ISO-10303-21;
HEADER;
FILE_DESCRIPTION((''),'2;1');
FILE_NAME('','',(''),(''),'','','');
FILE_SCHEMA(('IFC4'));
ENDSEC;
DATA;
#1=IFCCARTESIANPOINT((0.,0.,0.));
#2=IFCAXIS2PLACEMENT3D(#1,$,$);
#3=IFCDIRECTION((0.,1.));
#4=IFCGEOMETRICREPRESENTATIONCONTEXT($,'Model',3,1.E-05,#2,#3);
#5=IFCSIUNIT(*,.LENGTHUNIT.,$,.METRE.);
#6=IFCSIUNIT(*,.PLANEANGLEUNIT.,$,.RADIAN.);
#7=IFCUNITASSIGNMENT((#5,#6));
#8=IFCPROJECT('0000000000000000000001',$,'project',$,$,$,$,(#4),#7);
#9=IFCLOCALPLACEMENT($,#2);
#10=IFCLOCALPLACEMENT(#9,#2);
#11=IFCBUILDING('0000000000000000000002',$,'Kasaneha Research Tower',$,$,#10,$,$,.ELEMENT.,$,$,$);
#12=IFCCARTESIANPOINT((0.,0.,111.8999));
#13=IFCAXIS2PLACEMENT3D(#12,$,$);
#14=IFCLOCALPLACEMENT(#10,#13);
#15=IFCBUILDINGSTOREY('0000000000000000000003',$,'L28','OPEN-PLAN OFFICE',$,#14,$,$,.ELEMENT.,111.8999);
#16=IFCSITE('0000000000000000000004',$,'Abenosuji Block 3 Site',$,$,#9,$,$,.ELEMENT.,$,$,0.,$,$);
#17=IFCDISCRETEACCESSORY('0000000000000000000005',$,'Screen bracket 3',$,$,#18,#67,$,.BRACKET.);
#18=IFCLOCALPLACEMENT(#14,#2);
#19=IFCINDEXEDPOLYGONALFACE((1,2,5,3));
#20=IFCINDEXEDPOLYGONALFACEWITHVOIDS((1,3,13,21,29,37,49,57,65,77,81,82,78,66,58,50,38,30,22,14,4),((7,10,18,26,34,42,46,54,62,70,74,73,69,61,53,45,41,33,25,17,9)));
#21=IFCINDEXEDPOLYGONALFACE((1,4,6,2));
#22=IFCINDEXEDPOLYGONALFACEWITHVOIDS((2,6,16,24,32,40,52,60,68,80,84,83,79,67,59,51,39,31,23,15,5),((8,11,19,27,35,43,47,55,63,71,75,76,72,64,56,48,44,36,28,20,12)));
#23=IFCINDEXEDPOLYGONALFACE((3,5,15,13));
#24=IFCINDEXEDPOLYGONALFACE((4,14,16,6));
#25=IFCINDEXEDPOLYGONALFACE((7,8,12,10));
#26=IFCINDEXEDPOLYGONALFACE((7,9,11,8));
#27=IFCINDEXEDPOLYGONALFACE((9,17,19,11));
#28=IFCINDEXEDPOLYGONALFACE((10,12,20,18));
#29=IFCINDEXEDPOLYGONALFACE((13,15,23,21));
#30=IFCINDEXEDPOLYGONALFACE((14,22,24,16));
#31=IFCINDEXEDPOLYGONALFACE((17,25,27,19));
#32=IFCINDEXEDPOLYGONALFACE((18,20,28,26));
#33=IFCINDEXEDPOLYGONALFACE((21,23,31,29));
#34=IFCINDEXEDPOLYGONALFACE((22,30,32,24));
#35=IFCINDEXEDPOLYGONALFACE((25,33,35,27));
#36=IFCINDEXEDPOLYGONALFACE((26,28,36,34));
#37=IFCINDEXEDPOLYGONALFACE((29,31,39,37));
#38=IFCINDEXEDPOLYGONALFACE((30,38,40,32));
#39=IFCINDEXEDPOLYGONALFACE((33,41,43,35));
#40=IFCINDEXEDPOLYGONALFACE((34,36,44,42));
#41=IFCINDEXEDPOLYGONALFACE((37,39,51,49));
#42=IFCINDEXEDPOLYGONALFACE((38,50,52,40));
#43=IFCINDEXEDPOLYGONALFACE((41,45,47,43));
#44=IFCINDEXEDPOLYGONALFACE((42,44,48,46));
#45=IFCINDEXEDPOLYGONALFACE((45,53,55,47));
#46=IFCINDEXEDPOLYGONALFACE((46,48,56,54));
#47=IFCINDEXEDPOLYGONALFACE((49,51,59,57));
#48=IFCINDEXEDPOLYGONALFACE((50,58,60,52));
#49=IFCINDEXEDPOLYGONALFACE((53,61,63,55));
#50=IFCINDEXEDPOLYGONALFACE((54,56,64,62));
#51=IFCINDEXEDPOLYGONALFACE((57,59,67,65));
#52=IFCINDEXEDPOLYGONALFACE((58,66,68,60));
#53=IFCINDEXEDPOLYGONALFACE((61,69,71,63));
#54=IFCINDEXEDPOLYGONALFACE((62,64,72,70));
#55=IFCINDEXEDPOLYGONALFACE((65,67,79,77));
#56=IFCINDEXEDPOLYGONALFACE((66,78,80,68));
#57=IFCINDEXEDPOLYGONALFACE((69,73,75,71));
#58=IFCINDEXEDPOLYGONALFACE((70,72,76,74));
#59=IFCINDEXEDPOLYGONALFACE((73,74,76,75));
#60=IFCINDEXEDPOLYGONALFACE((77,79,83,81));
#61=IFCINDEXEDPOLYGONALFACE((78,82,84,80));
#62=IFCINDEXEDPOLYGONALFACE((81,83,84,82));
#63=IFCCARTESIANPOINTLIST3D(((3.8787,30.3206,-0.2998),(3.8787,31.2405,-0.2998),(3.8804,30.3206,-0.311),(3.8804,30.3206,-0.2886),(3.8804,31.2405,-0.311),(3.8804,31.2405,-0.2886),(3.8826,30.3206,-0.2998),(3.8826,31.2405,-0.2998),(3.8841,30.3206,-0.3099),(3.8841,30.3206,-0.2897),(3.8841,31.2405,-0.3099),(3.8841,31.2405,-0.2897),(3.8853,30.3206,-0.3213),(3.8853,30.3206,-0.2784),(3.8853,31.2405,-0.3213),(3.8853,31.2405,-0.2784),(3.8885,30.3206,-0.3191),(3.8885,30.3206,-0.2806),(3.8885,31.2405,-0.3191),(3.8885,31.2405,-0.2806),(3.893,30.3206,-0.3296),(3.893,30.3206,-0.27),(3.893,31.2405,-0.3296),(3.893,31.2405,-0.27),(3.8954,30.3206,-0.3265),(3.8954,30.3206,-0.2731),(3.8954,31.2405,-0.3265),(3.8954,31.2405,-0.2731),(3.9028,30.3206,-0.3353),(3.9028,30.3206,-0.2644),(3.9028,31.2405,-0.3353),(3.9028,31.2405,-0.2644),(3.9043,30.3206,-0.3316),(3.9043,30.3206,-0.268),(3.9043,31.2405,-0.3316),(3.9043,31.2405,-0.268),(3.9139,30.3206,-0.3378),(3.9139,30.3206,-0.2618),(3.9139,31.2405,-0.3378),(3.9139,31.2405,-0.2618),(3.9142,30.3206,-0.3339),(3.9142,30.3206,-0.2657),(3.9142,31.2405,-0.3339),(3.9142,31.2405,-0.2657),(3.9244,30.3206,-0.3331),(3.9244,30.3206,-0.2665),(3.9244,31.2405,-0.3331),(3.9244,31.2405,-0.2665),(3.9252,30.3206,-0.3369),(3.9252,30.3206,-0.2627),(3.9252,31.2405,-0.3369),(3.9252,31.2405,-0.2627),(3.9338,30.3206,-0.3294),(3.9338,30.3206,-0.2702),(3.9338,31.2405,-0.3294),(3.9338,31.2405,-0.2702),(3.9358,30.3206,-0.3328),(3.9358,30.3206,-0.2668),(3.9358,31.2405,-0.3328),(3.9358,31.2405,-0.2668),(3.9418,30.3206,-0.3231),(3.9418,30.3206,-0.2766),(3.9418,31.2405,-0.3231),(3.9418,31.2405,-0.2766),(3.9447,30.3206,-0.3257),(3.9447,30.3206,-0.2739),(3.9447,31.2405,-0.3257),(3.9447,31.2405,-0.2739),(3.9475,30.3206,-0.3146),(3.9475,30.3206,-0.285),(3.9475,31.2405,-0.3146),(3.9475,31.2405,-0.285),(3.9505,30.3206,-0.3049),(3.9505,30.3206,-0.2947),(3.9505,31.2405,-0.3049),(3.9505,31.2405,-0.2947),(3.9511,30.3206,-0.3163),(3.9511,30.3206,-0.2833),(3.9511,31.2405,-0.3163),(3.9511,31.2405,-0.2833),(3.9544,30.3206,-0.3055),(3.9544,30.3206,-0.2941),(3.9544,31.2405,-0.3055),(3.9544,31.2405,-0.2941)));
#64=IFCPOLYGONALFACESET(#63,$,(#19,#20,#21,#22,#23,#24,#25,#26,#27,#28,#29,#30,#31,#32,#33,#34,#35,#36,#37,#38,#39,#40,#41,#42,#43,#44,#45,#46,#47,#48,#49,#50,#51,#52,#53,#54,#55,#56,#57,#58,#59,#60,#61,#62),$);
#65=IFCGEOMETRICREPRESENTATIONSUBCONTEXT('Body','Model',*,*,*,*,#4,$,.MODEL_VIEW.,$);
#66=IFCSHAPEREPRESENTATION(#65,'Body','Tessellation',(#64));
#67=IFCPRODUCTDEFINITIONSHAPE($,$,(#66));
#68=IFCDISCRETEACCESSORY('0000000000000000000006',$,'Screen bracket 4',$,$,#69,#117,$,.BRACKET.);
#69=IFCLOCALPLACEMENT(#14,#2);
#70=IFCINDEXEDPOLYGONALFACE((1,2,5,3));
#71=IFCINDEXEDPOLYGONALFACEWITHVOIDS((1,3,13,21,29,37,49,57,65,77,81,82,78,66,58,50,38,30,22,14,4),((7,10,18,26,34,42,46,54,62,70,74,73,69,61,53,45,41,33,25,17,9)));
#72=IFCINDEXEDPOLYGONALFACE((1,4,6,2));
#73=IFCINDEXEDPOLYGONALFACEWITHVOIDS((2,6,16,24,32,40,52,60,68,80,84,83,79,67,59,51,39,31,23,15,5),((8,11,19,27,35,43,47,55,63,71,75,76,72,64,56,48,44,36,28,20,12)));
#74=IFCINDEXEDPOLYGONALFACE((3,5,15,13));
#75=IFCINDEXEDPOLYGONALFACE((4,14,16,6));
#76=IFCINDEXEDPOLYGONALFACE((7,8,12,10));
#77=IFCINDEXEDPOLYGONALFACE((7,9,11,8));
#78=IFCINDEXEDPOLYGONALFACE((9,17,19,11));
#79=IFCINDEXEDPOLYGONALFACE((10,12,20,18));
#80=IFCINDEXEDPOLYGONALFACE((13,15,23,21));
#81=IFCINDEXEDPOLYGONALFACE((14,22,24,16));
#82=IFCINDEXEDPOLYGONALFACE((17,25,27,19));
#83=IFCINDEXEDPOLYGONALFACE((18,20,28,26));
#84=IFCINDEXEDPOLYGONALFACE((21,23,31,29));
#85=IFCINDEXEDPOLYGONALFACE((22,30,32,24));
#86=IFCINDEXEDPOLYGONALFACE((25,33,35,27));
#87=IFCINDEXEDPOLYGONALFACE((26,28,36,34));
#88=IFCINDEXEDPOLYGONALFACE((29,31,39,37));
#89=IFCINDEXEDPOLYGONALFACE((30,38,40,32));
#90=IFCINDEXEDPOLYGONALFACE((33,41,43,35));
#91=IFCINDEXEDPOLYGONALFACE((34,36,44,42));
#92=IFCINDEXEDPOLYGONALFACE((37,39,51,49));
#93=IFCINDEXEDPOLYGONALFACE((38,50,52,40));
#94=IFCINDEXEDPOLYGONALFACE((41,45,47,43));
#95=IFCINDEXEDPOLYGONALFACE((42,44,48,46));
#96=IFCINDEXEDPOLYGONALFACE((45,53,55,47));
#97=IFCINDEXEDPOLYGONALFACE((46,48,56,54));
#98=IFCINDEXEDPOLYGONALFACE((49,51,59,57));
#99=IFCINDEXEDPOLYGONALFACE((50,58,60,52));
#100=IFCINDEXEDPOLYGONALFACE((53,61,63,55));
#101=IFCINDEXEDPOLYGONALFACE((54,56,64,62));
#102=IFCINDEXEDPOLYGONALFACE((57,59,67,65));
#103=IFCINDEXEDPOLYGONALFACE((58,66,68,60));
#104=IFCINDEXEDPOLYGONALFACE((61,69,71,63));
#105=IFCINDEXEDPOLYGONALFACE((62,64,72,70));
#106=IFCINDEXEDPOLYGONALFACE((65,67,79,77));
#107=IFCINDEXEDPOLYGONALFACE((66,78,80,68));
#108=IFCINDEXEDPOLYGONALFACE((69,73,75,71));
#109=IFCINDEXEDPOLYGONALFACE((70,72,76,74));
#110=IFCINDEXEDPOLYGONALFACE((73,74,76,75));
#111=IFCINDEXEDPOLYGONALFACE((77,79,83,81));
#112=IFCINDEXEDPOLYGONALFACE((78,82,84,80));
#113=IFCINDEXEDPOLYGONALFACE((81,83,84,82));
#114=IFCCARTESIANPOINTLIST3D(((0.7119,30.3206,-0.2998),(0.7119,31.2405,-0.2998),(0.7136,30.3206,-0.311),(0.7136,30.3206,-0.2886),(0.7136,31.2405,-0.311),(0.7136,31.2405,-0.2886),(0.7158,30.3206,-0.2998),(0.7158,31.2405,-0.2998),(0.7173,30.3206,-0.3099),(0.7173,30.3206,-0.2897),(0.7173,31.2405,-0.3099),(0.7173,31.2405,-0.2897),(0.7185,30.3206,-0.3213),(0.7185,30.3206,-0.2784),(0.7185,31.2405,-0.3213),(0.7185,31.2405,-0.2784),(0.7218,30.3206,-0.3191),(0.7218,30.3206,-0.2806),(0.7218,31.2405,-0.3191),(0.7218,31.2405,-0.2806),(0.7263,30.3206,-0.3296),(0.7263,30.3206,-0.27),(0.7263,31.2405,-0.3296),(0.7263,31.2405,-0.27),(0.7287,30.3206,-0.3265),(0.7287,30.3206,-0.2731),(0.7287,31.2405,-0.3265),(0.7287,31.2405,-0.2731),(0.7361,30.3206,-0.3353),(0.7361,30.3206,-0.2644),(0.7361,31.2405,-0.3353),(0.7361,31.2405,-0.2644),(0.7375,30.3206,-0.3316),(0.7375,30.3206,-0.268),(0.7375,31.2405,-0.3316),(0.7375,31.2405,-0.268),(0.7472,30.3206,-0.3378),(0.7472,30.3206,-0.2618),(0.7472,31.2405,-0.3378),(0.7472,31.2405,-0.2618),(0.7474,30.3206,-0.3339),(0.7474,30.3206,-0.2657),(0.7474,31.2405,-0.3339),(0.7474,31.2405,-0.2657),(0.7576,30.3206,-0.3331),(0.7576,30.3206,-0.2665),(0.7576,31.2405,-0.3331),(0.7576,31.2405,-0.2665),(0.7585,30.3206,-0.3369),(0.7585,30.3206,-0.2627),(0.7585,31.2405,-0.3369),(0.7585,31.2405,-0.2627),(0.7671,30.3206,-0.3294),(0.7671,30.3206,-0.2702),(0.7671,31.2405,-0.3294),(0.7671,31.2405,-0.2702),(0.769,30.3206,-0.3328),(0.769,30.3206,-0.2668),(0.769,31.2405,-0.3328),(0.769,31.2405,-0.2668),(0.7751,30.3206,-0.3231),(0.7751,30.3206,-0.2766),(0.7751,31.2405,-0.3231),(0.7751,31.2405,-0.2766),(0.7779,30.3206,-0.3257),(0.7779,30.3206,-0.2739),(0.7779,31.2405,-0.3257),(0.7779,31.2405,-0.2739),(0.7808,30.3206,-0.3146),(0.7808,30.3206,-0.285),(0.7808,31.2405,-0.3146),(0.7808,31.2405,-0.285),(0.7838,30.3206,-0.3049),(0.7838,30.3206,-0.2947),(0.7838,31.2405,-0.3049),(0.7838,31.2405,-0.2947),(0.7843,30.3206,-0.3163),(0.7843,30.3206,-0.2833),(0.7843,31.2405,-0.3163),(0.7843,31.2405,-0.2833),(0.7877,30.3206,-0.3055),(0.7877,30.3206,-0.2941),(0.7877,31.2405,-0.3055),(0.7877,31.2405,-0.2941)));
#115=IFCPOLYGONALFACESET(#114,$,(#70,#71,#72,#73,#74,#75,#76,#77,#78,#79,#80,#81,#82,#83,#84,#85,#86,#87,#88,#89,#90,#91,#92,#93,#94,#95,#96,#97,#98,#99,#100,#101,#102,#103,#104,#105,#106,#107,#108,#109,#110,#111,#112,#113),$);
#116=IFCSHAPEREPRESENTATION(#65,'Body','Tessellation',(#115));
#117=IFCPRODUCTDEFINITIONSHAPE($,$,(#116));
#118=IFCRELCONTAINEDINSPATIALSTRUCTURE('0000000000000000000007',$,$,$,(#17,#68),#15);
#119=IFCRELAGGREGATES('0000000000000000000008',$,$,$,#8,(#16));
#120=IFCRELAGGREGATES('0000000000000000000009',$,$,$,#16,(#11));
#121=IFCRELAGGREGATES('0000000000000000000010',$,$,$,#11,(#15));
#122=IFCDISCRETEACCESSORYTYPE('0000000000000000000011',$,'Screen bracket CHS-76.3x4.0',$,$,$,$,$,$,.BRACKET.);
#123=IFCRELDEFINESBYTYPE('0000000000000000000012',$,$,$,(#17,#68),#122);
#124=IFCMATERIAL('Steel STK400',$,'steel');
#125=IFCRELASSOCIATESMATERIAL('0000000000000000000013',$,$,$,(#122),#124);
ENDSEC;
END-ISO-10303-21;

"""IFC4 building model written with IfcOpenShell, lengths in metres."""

from ifc_helpers import new_model, si_unit, direction, frame, origin, origin_2d, place, context, subcontext, project, spatial, hollow_circle, extrude, material, material_profile, profile_set, type_object, element, save


model = new_model("IFC4")

# Units and contexts
model_context = context("Model", 3, precision=1e-05, world=origin(), true_north=direction((0.0, 1.0)))
body_context = subcontext(model_context, "Body", "Model", "MODEL_VIEW")
ifc_project = project(units=[si_unit("LENGTHUNIT", "METRE"), si_unit("PLANEANGLEUNIT", "RADIAN")], contexts=[model_context])

# Site, building, storey
site_placement = place(None, origin())
site = spatial("IfcSite", under=ifc_project, at=site_placement, Name="Abenosuji Block 3 Site", CompositionType="ELEMENT", RefElevation=0.0)
building_placement = place(site_placement, origin())
building = spatial("IfcBuilding", under=site, at=building_placement, Name="Kasaneha Research Tower", CompositionType="ELEMENT")
storey_placement = place(building_placement, frame((0.0, 0.0, 111.8999)))
storey = spatial("IfcBuildingStorey", under=building, at=storey_placement, Name="L28", Description="OPEN-PLAN OFFICE", CompositionType="ELEMENT", Elevation=111.8999)

# Discrete accessories
ifc_material_1 = material(Name="Steel STK400", Category="steel")
ifc_material_profile_1 = material_profile(ifc_material_1, hollow_circle(Radius=0.0381, WallThickness=0.0039, at=origin_2d()), Name="CHS-76.3x4.0")
ifc_profile_set_1 = profile_set([ifc_material_profile_1], Name="Steel STK400")
discrete_accessory_type = type_object("IfcDiscreteAccessoryType", Name="Screen bracket CHS-76.3x4.0", PredefinedType="BRACKET", material=ifc_profile_set_1)
for number, where, z_axis, x_axis, name in (
    (1, (3.9167, 30.3206, -0.2998), (0.0, 1.0, 0.0), (-1.0, 0.0, 0.0), "Screen bracket 3"),
    (2, (0.75, 30.3206, -0.2998), (0.0, 1.0, 0.0), (-1.0, 0.0, 0.0), "Screen bracket 4"),
):
    element("IfcDiscreteAccessory", number, at=place(storey_placement, frame(where, z_axis=z_axis, x_axis=x_axis)), inside=storey, type_object=discrete_accessory_type, Name=name, PredefinedType="BRACKET", context=body_context, shape_type="SweptSolid", body=[
        extrude(hollow_circle(Radius=0.0381, WallThickness=0.0039, at=origin_2d()), origin(), (0.0, 0.0, 1.0), 0.9199),
    ])

save(model, "model.ifc")
